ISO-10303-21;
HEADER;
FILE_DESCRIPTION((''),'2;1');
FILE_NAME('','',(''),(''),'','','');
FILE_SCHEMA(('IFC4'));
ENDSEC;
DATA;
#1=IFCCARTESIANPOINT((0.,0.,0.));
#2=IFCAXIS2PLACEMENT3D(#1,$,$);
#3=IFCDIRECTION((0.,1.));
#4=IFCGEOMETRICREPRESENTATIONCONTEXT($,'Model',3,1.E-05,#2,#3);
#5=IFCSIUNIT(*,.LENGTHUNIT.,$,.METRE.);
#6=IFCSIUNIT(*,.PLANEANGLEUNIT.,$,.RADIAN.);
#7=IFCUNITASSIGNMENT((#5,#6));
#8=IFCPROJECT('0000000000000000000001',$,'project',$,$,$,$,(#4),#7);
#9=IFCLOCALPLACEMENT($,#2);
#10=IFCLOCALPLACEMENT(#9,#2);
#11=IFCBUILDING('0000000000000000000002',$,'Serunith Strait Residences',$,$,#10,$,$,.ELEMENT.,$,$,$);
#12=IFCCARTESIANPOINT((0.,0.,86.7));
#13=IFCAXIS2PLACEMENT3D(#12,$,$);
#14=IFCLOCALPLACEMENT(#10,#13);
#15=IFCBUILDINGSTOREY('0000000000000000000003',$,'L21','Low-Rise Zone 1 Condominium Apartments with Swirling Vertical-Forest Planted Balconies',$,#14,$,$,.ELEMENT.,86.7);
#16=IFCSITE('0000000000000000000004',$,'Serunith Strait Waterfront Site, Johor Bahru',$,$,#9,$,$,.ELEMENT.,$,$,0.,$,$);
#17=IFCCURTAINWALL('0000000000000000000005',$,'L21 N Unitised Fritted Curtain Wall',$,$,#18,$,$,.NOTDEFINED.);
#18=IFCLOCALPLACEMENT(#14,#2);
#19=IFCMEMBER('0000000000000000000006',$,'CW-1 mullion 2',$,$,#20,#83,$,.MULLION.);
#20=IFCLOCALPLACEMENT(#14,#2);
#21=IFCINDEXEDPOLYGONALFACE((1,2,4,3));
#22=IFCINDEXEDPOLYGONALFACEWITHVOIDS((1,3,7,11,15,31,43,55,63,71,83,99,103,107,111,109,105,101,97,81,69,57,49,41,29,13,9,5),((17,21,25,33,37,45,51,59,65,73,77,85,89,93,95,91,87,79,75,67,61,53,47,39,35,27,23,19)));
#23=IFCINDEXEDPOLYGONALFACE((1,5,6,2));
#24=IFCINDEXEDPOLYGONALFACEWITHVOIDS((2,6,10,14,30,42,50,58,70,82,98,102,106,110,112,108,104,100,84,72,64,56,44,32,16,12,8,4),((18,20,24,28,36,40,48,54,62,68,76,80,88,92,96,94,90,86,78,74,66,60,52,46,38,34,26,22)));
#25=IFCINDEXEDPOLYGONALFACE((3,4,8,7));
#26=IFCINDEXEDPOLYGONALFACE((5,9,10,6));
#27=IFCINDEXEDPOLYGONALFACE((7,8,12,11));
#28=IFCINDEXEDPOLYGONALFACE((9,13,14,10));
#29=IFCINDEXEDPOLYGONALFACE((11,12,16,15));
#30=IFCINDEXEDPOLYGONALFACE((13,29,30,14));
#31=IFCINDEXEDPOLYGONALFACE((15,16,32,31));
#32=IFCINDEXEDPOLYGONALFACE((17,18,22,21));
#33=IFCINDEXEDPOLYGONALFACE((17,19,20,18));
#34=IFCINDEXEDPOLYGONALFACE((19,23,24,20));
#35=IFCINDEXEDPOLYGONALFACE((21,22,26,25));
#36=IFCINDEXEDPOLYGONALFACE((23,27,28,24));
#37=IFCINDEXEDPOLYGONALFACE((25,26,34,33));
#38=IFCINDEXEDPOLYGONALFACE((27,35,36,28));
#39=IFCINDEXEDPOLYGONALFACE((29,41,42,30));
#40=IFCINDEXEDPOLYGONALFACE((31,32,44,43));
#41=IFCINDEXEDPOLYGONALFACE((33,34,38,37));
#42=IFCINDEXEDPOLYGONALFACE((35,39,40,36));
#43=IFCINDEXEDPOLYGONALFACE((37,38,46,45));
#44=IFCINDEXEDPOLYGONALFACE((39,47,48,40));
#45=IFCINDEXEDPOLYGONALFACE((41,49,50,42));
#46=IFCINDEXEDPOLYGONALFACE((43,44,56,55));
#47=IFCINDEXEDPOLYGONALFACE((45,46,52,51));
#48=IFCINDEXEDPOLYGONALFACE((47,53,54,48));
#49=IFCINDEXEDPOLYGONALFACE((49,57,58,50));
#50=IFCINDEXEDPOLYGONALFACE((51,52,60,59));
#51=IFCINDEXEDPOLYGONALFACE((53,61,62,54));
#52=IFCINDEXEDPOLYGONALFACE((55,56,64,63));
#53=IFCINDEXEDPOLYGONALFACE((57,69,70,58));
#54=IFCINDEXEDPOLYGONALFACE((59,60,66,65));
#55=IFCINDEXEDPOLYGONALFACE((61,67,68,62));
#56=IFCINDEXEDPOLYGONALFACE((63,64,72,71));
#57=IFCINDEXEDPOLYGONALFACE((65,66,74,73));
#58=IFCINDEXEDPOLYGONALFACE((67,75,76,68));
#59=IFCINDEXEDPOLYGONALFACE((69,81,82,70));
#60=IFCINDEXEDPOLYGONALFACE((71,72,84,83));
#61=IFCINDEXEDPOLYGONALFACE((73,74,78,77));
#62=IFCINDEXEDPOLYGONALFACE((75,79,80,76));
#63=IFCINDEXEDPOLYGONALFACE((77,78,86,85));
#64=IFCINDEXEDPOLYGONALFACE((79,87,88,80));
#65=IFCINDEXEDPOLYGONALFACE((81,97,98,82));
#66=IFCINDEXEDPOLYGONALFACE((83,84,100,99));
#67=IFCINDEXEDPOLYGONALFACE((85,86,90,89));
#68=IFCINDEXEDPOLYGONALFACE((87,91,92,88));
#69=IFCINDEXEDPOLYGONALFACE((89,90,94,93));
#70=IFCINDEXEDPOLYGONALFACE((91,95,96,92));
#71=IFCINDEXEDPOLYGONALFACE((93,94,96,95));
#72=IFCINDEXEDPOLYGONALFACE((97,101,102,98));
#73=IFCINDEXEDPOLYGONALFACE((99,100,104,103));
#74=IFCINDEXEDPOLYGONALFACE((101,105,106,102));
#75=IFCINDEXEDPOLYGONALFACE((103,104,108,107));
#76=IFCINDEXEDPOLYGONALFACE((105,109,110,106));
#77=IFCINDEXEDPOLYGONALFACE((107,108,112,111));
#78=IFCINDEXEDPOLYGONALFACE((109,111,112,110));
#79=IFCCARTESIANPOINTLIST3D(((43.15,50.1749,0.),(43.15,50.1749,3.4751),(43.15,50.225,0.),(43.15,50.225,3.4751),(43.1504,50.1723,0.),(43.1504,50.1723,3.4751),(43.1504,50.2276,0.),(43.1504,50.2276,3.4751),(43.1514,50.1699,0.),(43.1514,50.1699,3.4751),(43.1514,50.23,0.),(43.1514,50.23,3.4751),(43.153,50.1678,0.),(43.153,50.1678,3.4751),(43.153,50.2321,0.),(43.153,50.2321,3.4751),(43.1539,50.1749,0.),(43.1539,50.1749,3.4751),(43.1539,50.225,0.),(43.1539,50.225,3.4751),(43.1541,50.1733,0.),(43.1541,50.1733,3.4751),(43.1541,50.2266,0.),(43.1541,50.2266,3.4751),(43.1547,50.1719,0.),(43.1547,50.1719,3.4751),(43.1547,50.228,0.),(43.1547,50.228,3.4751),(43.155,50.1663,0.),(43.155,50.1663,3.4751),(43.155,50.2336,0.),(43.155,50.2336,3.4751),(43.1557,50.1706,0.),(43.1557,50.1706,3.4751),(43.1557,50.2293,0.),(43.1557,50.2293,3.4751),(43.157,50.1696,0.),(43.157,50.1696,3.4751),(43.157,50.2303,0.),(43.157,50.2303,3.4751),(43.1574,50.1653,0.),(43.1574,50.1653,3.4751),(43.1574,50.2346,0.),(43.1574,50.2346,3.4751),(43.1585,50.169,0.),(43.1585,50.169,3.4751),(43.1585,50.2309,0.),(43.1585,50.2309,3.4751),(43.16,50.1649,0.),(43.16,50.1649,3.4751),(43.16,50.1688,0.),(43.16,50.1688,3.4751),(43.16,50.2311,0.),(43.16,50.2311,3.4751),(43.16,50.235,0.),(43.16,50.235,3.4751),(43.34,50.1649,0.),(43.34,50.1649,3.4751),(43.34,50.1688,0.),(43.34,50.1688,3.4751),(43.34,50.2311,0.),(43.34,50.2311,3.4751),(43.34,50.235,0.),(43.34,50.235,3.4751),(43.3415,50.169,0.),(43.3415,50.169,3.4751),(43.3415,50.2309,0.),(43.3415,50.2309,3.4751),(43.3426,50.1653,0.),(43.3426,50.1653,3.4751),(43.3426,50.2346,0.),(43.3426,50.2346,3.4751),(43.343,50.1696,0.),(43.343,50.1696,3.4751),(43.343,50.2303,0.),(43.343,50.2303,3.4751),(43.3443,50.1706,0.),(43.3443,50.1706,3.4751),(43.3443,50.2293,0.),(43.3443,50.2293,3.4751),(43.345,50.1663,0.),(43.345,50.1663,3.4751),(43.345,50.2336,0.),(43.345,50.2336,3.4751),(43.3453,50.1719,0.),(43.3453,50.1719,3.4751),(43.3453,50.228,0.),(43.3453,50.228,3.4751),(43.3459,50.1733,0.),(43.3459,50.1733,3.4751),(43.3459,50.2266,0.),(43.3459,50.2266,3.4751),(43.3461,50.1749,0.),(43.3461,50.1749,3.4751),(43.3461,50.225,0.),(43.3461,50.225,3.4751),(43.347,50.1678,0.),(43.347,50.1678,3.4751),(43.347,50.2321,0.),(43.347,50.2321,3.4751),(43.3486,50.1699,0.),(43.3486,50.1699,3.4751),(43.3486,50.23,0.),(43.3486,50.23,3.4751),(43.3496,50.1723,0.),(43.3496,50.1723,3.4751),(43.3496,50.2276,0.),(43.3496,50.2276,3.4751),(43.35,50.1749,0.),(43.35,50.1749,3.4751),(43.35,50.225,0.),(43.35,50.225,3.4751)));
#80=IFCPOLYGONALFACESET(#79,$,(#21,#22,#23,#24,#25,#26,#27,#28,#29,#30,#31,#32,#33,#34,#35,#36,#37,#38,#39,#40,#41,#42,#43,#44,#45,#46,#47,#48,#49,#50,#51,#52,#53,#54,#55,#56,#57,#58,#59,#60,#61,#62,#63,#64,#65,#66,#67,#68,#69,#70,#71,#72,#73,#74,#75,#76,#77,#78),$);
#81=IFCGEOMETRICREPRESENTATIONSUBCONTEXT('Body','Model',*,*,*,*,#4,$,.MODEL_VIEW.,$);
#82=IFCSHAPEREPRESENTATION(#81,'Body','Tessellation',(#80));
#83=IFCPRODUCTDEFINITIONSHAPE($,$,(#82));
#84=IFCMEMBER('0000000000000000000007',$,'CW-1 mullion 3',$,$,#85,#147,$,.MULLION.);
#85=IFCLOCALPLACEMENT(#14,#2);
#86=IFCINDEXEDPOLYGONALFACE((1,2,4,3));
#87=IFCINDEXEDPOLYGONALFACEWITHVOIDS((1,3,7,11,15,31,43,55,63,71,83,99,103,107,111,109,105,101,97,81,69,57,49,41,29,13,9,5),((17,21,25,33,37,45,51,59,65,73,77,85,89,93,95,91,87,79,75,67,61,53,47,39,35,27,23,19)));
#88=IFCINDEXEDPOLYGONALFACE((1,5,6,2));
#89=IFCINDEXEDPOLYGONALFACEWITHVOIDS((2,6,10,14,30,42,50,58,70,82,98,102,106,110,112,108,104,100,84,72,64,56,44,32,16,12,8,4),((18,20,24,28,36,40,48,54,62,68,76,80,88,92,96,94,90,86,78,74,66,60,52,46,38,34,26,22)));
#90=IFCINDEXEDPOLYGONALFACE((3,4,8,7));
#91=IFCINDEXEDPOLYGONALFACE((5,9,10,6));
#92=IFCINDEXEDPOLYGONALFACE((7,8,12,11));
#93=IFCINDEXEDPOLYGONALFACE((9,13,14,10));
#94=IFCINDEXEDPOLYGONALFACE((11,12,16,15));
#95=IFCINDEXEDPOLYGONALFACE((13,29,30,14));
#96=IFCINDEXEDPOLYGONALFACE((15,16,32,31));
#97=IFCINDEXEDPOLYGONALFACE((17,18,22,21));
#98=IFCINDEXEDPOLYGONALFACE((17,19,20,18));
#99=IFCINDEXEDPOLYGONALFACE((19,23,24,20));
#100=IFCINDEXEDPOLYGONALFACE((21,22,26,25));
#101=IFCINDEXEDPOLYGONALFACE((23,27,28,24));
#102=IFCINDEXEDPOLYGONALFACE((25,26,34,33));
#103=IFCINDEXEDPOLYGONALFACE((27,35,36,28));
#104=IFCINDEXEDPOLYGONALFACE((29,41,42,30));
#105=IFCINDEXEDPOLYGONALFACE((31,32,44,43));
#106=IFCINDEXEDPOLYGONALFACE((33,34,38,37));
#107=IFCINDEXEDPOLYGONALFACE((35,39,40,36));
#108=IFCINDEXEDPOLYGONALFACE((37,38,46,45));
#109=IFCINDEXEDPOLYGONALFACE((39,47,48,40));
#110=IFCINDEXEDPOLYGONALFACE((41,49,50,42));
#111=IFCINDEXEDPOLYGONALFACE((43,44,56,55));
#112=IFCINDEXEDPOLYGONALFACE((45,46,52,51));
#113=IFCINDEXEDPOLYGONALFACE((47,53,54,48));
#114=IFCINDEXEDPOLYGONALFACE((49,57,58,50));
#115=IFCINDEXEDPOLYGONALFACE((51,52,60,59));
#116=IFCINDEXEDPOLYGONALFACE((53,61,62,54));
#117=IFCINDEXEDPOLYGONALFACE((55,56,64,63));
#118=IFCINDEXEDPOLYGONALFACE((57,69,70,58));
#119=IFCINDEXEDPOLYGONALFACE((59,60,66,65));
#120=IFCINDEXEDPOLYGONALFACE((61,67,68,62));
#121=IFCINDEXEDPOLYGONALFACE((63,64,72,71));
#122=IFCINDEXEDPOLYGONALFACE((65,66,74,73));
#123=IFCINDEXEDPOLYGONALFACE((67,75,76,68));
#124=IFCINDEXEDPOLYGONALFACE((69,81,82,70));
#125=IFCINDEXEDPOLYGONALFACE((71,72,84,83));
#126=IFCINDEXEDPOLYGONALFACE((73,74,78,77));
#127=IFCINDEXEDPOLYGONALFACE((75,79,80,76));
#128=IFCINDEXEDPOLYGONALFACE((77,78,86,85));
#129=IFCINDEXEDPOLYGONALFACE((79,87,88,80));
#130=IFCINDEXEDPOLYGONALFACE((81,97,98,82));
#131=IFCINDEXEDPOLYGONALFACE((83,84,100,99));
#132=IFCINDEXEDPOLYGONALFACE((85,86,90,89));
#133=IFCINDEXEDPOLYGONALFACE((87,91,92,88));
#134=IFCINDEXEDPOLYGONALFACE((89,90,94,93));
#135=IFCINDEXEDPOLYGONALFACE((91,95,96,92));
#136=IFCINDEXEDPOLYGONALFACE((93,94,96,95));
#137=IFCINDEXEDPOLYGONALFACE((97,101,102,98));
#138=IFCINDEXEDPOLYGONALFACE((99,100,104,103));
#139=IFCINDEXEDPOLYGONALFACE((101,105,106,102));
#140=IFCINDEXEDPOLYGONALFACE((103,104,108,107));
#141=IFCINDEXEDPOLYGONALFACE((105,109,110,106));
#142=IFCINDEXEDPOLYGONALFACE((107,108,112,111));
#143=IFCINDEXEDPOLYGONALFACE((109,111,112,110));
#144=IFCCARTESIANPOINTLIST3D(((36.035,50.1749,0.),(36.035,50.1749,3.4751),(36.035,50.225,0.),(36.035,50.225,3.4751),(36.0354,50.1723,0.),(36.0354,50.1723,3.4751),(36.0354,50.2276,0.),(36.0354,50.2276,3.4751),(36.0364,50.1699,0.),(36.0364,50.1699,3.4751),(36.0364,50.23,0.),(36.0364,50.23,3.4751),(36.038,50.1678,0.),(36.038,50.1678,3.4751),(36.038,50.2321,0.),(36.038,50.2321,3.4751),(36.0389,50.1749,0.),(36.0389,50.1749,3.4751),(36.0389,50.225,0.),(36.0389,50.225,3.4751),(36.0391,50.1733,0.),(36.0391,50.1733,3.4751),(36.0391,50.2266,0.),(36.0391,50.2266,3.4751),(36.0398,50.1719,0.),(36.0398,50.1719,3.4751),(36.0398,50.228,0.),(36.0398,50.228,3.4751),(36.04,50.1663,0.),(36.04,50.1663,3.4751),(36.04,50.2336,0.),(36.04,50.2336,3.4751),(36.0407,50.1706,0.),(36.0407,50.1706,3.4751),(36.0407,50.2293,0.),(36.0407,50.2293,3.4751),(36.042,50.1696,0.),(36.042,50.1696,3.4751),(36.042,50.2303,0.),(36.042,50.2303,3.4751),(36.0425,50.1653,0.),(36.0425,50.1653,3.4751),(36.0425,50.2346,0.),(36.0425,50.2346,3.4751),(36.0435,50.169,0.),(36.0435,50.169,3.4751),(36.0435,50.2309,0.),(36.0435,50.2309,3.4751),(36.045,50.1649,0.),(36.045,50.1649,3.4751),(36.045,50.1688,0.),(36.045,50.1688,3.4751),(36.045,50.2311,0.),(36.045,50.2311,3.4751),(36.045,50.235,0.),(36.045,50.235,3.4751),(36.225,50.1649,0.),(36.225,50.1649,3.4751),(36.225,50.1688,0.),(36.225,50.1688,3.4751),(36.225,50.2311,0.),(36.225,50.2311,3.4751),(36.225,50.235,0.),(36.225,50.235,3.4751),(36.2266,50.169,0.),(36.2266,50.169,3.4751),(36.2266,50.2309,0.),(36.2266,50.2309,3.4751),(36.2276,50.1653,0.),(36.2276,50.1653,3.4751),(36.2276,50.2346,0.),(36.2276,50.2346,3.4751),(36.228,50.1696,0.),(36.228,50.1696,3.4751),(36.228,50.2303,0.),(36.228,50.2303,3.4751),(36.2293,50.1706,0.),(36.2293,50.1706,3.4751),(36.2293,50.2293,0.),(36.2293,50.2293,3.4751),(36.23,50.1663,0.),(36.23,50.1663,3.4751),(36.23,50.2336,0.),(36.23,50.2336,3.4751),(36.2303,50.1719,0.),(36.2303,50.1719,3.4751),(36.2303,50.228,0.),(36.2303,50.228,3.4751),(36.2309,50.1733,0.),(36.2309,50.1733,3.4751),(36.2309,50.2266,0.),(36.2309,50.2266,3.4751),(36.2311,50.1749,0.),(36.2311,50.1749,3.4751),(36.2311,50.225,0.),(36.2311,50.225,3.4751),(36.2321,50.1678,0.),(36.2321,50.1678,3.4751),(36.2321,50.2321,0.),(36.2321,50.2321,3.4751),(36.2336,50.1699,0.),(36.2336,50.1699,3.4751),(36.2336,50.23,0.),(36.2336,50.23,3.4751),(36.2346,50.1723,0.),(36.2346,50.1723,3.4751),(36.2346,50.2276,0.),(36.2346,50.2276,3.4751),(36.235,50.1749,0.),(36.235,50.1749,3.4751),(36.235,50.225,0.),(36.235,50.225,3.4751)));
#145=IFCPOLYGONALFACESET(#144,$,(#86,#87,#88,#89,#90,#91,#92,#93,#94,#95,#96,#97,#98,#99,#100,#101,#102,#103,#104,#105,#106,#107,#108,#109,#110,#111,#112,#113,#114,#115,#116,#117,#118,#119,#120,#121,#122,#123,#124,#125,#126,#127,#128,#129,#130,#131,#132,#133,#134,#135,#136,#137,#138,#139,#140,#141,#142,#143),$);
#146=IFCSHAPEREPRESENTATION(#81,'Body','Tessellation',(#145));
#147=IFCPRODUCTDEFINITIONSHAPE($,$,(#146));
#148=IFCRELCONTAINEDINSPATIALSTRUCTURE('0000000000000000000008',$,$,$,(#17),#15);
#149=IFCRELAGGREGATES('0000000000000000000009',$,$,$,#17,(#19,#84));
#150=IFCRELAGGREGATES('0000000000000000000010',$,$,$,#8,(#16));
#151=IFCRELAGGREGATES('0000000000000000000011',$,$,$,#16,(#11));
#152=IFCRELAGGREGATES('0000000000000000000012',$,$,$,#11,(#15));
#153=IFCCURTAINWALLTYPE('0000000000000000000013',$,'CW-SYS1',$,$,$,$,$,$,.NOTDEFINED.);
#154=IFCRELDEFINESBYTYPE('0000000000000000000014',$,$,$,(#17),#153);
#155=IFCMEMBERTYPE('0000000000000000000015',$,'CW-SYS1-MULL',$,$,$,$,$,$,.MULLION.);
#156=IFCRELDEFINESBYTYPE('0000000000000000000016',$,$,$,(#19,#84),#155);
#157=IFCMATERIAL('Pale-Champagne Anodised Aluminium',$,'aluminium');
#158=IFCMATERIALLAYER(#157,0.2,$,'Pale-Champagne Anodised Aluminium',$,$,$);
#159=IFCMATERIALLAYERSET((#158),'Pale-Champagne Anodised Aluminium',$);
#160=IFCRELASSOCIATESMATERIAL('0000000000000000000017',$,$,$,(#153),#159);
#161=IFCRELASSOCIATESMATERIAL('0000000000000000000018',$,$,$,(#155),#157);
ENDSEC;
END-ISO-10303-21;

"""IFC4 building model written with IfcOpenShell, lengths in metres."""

from ifc_helpers import new_model, si_unit, direction, frame, origin, origin_2d, place, context, subcontext, project, spatial, hollow_rectangle, extrude, source, transform, mapped, material, layer, layer_set, material_profile, profile_set, type_object, element, aggregate, save


model = new_model("IFC4")

# Units and contexts
model_context = context("Model", 3, precision=1e-05, world=origin(), true_north=direction((0.0, 1.0)))
body_context = subcontext(model_context, "Body", "Model", "MODEL_VIEW")
ifc_project = project(units=[si_unit("LENGTHUNIT", "METRE"), si_unit("PLANEANGLEUNIT", "RADIAN")], contexts=[model_context])

# Site, building, storey
site_placement = place(None, origin())
site = spatial("IfcSite", under=ifc_project, at=site_placement, Name="Serunith Strait Waterfront Site, Johor Bahru", CompositionType="ELEMENT", RefElevation=0.0)
building_placement = place(site_placement, origin())
building = spatial("IfcBuilding", under=site, at=building_placement, Name="Serunith Strait Residences", CompositionType="ELEMENT")
storey_placement = place(building_placement, frame((0.0, 0.0, 86.7)))
storey = spatial("IfcBuildingStorey", under=building, at=storey_placement, Name="L21", Description="Low-Rise Zone 1 Condominium Apartments with Swirling Vertical-Forest Planted Balconies", CompositionType="ELEMENT", Elevation=86.7)

# Curtain wall, members
ifc_material_1 = material(Name="Pale-Champagne Anodised Aluminium", Category="aluminium")
ifc_layer_1 = layer(ifc_material_1, 0.2, Name="Pale-Champagne Anodised Aluminium")
ifc_layer_set_1 = layer_set([ifc_layer_1], Name="Pale-Champagne Anodised Aluminium")
curtain_wall_type = type_object("IfcCurtainWallType", Name="CW-SYS1", PredefinedType="NOTDEFINED", material=ifc_layer_set_1)
curtain_wall_1_placement = place(storey_placement, origin())
curtain_wall_1 = element("IfcCurtainWall", 1, at=curtain_wall_1_placement, inside=storey, type_object=curtain_wall_type, Name="L21 N Unitised Fritted Curtain Wall", PredefinedType="NOTDEFINED")
ifc_material_profile_1 = material_profile(ifc_material_1, hollow_rectangle(XDim=0.0701, YDim=0.2, WallThickness=0.0039, InnerFilletRadius=0.0061, OuterFilletRadius=0.01, at=origin_2d()), Name="ALU 200x70x4")
ifc_profile_set_1 = profile_set([ifc_material_profile_1], Name="Pale-Champagne Anodised Aluminium")
member_type_1 = type_object("IfcMemberType", Name="CW-SYS1-MULL", PredefinedType="MULLION", material=ifc_profile_set_1)
shared_shape_1 = source(origin(), body_context, "Body", "SweptSolid", [
    extrude(hollow_rectangle(XDim=0.0701, YDim=0.2, WallThickness=0.0039, InnerFilletRadius=0.0061, OuterFilletRadius=0.01, at=origin_2d()), origin(), (0.0, 0.0, 1.0), 3.4751),
])
member_1_placement = place(storey_placement, frame((43.25, 50.2, 0.0), z_axis=(0.0, 0.0, 1.0), x_axis=(0.0, -1.0, 0.0)))
member_1 = element("IfcMember", 2, at=member_1_placement, type_object=member_type_1, Name="CW-1 mullion 2", PredefinedType="MULLION", context=body_context, shape_type="MappedRepresentation", body=[
    mapped(shared_shape_1, transform((0.0, 0.0, 0.0), scale=1.0)),
])
member_2_placement = place(storey_placement, frame((36.135, 50.2, 0.0), z_axis=(0.0, 0.0, 1.0), x_axis=(0.0, -1.0, 0.0)))
member_2 = element("IfcMember", 3, at=member_2_placement, type_object=member_type_1, Name="CW-1 mullion 3", PredefinedType="MULLION", context=body_context, shape_type="MappedRepresentation", body=[
    mapped(shared_shape_1, transform((0.0, 0.0, 0.0), scale=1.0)),
])

aggregate(curtain_wall_1, [member_1, member_2])

save(model, "model.ifc")
